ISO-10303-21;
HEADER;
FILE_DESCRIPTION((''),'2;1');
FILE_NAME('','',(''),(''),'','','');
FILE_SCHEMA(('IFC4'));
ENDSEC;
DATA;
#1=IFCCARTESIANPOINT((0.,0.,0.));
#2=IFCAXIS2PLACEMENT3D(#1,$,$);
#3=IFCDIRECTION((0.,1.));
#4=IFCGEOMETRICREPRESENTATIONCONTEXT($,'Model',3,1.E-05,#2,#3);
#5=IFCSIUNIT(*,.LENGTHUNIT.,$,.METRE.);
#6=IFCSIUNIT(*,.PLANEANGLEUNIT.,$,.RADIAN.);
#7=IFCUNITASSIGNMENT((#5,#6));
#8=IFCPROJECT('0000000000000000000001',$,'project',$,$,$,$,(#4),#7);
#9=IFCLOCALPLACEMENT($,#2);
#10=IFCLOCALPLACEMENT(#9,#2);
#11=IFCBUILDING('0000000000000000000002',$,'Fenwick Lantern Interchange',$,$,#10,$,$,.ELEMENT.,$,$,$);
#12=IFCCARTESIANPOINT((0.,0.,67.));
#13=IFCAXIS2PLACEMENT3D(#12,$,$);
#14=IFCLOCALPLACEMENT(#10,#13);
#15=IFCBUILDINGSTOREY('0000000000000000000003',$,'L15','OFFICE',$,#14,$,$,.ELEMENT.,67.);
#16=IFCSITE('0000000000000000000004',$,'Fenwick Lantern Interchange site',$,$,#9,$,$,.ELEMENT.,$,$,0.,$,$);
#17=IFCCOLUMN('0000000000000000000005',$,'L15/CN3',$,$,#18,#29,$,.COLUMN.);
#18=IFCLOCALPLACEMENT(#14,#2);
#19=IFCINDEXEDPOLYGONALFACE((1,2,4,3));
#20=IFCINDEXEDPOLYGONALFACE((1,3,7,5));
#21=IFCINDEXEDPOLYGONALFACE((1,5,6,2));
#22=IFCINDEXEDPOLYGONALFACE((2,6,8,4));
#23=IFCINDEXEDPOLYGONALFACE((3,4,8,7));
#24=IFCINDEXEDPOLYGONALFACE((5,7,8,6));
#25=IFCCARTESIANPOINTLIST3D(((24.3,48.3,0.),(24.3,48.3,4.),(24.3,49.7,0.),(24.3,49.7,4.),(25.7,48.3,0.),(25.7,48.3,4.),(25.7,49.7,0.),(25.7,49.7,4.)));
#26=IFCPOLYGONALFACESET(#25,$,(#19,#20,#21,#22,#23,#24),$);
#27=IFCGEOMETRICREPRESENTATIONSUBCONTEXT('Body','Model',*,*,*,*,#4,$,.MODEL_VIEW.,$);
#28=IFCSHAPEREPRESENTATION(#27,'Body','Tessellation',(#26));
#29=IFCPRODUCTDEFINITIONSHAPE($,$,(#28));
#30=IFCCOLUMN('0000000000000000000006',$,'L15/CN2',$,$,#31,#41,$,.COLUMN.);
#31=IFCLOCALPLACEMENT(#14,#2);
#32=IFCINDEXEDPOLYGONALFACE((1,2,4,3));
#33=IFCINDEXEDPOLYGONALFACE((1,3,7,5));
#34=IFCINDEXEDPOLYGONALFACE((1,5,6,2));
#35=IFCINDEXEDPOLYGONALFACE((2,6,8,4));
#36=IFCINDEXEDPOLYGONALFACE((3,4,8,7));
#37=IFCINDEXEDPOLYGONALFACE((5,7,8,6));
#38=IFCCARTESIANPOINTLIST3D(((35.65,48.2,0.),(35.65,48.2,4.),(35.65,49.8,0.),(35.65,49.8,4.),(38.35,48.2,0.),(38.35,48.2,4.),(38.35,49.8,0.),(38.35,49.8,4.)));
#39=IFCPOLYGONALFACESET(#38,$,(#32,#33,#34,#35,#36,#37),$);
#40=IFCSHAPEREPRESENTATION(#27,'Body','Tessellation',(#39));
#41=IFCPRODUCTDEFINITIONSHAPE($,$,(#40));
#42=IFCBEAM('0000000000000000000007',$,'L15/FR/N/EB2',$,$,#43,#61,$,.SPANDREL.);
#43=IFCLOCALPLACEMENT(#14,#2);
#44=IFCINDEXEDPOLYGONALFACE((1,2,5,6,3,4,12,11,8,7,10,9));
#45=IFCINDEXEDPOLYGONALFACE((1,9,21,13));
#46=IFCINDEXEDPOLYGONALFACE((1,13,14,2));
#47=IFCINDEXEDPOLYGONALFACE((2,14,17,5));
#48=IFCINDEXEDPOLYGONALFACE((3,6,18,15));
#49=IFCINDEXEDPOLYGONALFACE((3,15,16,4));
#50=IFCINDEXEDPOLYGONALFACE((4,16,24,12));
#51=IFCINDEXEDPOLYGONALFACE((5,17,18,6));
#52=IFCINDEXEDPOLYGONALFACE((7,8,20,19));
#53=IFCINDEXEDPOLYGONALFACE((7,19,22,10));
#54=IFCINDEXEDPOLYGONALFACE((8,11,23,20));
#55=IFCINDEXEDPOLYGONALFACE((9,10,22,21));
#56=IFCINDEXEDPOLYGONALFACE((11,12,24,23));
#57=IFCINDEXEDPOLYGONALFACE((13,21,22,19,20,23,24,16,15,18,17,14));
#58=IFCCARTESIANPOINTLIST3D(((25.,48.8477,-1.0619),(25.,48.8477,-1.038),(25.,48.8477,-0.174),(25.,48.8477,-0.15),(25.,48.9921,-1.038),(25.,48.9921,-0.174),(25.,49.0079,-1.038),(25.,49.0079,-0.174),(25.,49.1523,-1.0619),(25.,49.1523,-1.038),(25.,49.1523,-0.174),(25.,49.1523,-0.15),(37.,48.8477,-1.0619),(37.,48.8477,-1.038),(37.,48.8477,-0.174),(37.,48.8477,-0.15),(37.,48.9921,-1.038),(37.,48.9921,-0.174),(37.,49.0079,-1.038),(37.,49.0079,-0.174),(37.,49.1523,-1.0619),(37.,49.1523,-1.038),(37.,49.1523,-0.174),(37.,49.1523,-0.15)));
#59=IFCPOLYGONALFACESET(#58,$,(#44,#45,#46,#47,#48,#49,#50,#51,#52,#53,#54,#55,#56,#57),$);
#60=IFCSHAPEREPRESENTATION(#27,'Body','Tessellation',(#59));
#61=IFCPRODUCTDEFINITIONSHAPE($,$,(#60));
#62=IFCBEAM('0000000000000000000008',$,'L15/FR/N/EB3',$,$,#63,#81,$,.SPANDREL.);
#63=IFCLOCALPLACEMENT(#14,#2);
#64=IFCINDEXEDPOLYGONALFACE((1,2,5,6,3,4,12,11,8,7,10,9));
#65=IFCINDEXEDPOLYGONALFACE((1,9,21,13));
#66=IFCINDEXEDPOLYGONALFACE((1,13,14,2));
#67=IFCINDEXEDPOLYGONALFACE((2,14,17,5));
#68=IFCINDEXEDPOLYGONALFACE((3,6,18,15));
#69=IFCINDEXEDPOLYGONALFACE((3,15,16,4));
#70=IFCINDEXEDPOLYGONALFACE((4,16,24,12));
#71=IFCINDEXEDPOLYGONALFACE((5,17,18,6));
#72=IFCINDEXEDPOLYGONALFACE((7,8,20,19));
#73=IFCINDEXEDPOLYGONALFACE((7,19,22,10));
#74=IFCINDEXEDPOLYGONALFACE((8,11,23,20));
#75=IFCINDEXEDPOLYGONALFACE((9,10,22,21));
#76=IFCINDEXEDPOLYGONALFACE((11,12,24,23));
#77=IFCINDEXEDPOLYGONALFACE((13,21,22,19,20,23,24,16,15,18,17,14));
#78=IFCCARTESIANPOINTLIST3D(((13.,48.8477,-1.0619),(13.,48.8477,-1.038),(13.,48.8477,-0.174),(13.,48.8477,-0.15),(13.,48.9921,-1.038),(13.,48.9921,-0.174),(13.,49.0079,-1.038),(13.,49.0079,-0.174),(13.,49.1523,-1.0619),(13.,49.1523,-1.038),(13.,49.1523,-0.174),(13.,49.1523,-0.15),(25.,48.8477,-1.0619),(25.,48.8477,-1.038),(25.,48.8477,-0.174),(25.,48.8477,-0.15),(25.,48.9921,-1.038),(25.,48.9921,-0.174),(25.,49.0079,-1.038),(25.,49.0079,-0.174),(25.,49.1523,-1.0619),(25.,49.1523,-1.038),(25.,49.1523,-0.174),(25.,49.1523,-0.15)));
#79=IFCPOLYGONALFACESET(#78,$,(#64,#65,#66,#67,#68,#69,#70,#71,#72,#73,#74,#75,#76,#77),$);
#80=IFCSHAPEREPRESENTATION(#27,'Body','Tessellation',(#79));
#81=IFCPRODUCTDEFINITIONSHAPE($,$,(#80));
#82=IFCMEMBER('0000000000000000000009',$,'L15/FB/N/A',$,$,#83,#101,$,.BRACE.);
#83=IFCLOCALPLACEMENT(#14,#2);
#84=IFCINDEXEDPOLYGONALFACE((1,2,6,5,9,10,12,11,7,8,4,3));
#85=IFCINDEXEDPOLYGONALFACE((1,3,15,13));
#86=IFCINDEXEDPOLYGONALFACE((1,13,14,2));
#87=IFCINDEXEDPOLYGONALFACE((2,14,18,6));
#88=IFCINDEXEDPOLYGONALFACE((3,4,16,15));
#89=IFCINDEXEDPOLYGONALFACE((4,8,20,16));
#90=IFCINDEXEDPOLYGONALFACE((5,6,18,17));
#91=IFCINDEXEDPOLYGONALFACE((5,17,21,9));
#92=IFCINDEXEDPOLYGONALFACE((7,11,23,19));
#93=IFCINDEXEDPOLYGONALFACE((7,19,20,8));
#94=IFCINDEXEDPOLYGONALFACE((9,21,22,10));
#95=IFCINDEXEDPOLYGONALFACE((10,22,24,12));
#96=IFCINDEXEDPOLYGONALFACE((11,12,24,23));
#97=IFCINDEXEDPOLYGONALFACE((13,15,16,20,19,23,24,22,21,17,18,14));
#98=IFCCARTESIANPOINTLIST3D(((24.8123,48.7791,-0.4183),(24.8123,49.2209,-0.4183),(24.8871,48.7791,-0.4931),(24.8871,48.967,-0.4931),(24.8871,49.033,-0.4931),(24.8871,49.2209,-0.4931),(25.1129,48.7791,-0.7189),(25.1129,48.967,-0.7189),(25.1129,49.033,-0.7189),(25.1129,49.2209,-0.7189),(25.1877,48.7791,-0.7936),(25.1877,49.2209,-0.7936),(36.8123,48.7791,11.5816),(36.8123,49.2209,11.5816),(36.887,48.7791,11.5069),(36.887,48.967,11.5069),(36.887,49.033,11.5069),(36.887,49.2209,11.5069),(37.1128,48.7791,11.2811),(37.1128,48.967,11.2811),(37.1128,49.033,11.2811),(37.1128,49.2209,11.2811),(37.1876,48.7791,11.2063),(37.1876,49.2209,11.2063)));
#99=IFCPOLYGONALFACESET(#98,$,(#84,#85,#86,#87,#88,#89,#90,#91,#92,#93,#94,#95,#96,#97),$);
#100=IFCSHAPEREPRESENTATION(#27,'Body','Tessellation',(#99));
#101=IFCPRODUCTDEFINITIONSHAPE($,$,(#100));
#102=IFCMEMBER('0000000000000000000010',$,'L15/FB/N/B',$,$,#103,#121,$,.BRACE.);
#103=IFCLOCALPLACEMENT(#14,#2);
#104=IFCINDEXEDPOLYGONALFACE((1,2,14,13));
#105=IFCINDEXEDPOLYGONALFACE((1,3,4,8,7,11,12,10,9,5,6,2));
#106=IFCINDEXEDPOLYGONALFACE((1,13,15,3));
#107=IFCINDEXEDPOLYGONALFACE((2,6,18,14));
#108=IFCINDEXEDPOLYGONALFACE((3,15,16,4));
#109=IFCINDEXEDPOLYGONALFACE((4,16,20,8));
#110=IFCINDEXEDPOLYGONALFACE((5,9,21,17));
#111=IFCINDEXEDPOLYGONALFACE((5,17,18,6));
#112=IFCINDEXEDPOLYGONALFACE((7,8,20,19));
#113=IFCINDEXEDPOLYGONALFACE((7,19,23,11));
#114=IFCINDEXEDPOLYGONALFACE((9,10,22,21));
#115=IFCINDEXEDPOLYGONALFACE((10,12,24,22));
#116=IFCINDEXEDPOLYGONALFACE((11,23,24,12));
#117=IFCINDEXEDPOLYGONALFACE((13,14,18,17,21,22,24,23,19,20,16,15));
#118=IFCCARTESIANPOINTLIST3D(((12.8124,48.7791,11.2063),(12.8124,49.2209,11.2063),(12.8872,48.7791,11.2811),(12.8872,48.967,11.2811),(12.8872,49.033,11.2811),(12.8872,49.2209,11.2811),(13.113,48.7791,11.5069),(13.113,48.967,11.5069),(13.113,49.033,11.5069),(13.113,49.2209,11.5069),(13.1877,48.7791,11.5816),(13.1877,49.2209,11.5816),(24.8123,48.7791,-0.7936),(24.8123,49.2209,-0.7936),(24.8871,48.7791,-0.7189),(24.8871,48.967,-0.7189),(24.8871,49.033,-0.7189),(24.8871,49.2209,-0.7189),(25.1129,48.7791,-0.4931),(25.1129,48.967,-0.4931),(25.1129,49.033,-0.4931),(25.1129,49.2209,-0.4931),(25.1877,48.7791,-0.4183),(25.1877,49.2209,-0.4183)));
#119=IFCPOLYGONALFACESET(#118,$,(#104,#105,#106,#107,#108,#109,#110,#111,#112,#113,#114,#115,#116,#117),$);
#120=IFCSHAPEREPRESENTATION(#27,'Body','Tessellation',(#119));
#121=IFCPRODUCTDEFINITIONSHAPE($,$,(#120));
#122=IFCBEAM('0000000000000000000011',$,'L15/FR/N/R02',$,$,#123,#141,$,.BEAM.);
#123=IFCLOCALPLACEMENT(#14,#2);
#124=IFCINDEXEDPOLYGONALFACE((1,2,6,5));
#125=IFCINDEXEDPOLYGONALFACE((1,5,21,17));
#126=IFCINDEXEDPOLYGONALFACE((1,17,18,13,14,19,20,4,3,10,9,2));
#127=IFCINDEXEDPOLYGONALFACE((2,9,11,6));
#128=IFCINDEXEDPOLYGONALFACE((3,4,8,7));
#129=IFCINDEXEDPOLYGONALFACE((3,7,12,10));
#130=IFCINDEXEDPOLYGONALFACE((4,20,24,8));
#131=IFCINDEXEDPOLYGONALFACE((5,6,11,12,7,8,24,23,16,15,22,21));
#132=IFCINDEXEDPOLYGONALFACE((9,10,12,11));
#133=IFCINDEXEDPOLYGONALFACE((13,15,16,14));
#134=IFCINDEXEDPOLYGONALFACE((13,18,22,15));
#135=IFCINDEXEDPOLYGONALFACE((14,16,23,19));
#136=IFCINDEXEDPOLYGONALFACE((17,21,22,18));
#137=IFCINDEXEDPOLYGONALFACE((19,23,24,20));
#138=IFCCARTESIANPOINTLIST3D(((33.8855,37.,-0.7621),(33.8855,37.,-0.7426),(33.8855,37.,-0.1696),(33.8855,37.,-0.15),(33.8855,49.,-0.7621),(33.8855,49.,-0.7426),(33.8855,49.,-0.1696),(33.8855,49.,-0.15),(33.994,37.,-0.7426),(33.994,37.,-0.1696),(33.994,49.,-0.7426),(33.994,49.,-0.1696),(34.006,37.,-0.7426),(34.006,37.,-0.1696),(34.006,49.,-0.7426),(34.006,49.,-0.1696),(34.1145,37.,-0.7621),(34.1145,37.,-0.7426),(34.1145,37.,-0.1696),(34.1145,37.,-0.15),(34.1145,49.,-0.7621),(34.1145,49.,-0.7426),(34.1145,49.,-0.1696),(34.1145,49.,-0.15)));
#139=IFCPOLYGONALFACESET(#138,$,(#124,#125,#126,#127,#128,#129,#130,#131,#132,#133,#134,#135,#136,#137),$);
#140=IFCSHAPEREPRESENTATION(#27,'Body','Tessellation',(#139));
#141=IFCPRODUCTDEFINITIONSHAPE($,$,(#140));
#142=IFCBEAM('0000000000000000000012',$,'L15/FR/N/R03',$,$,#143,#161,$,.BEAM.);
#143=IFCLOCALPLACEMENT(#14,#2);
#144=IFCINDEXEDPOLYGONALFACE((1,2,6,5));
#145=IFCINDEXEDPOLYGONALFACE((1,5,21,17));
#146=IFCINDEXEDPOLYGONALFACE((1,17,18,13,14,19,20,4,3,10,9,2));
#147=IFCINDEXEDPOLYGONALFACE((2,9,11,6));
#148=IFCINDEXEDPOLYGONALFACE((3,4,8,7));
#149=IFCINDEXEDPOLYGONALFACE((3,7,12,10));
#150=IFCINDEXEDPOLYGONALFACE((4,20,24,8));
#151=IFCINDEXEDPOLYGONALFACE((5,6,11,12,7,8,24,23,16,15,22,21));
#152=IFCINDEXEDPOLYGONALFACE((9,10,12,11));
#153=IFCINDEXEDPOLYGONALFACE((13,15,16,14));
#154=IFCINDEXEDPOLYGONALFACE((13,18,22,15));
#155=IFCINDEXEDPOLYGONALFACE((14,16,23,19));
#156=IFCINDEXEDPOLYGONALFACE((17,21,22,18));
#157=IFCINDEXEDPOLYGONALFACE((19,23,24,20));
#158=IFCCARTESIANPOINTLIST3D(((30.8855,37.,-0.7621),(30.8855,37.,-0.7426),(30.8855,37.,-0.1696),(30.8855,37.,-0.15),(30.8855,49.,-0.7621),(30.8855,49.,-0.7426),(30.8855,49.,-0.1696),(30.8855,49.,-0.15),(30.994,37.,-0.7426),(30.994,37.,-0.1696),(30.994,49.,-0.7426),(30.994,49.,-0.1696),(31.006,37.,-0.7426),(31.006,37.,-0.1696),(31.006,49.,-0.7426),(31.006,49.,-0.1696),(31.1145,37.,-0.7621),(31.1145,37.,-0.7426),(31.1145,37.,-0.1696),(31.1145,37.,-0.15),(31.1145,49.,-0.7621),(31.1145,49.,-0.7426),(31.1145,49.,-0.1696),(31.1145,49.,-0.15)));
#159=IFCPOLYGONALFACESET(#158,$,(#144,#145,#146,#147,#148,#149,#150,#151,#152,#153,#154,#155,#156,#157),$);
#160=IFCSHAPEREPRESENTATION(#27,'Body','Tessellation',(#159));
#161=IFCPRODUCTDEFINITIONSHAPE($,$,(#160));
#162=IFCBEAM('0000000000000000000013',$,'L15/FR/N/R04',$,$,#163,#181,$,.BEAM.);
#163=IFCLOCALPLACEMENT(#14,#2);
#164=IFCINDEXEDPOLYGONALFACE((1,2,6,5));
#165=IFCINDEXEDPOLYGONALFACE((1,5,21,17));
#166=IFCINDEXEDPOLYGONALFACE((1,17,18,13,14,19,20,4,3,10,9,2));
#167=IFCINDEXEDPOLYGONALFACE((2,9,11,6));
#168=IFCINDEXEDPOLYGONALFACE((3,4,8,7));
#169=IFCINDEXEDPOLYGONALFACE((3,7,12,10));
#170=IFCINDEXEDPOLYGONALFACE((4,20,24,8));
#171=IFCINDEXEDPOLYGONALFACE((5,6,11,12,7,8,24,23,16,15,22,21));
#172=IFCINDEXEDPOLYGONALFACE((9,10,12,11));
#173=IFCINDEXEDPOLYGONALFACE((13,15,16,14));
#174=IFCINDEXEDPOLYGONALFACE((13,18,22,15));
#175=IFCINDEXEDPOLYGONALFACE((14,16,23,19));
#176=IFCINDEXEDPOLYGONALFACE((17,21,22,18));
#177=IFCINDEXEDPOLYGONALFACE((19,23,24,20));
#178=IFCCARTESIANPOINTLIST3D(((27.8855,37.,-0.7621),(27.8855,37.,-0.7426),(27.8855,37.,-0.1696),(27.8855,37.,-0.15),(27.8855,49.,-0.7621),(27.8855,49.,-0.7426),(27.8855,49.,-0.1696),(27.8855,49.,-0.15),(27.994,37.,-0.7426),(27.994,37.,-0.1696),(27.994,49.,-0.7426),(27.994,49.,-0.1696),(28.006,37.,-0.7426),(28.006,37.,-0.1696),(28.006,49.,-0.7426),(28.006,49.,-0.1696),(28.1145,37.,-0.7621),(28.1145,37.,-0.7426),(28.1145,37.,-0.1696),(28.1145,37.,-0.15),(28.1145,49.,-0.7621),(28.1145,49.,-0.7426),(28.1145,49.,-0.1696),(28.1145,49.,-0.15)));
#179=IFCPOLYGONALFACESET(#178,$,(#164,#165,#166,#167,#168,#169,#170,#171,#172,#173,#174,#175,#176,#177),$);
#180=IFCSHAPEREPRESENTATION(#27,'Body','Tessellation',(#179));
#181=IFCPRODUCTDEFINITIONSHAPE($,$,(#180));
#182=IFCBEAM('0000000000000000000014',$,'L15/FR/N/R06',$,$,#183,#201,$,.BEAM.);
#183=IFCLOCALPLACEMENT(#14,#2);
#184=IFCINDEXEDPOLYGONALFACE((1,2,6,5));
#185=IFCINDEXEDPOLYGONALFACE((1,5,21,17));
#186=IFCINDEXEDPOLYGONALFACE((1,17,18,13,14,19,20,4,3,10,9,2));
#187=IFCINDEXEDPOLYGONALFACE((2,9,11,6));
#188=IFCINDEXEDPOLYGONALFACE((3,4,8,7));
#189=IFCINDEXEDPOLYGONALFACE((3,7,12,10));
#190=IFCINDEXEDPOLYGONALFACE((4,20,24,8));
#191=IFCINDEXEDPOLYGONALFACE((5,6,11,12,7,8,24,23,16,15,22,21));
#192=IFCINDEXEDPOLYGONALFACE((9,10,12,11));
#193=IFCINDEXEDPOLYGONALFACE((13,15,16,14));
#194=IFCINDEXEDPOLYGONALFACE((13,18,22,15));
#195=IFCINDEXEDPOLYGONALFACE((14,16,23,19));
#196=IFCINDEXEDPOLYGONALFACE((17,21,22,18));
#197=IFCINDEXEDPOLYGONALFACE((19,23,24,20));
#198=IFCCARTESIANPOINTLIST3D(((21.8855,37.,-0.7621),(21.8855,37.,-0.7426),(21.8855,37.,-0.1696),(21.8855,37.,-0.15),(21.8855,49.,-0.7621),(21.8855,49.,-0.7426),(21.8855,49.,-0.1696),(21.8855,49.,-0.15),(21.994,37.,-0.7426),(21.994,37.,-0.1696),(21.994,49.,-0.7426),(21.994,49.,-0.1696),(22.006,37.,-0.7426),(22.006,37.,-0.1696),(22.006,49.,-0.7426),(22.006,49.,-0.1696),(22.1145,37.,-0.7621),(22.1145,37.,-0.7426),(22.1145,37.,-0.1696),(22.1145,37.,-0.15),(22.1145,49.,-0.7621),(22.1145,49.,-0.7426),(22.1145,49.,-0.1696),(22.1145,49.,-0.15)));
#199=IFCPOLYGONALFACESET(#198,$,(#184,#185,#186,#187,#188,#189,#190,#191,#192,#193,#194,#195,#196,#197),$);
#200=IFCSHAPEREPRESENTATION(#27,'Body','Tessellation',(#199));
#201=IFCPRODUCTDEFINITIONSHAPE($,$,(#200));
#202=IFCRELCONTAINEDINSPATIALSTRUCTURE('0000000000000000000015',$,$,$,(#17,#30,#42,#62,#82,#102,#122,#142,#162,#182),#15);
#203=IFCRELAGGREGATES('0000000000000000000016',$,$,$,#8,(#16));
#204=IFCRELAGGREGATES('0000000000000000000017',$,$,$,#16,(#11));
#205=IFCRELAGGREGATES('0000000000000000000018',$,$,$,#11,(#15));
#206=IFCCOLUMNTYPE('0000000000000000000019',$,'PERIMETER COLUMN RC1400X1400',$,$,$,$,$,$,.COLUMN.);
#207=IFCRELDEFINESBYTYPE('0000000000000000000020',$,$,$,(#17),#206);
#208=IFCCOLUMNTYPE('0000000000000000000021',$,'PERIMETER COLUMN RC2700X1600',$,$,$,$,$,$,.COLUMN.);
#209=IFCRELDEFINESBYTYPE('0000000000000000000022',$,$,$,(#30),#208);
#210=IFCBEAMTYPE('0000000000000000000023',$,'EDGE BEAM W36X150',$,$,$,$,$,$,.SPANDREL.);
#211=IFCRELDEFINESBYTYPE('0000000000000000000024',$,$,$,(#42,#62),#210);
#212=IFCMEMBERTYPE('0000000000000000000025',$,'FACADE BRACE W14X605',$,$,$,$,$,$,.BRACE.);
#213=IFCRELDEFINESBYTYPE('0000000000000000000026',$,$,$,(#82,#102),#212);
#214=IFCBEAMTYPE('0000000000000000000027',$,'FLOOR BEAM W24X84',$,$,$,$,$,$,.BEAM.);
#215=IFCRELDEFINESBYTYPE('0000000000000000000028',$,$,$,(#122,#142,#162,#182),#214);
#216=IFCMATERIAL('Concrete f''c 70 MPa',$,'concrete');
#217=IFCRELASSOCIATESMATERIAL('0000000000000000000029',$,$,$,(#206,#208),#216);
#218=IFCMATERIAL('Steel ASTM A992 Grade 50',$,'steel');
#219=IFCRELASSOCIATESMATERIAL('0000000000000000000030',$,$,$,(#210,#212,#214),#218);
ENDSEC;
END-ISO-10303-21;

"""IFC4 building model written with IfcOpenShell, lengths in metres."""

from ifc_helpers import new_model, si_unit, direction, frame, origin, origin_2d, place, context, subcontext, project, spatial, rectangle, i_section, extrude, material, material_profile, profile_set, type_object, element, save


model = new_model("IFC4")

# Units and contexts
model_context = context("Model", 3, precision=1e-05, world=origin(), true_north=direction((0.0, 1.0)))
body_context = subcontext(model_context, "Body", "Model", "MODEL_VIEW")
ifc_project = project(units=[si_unit("LENGTHUNIT", "METRE"), si_unit("PLANEANGLEUNIT", "RADIAN")], contexts=[model_context])

# Site, building, storey
site_placement = place(None, origin())
site = spatial("IfcSite", under=ifc_project, at=site_placement, Name="Fenwick Lantern Interchange site", CompositionType="ELEMENT", RefElevation=0.0)
building_placement = place(site_placement, origin())
building = spatial("IfcBuilding", under=site, at=building_placement, Name="Fenwick Lantern Interchange", CompositionType="ELEMENT")
storey_placement = place(building_placement, frame((0.0, 0.0, 67.0)))
storey = spatial("IfcBuildingStorey", under=building, at=storey_placement, Name="L15", Description="OFFICE", CompositionType="ELEMENT", Elevation=67.0)

# Columns
ifc_material_1 = material(Name="Concrete f'c 70 MPa", Category="concrete")
ifc_material_profile_1 = material_profile(ifc_material_1, rectangle(XDim=1.3999, YDim=1.3999, at=origin_2d()), Name="RC1400X1400")
ifc_profile_set_1 = profile_set([ifc_material_profile_1], Name="Concrete f'c 70 MPa")
column_type_1 = type_object("IfcColumnType", Name="PERIMETER COLUMN RC1400X1400", PredefinedType="COLUMN", material=ifc_profile_set_1)
column_1_placement = place(storey_placement, frame((25.0, 49.0, 0.0), z_axis=(0.0, 0.0, 1.0), x_axis=(1.0, 0.0, 0.0)))
element("IfcColumn", 1, at=column_1_placement, inside=storey, type_object=column_type_1, Name="L15/CN3", PredefinedType="COLUMN", context=body_context, shape_type="SweptSolid", body=[
    extrude(rectangle(XDim=1.3999, YDim=1.3999, at=origin_2d()), origin(), (0.0, 0.0, 1.0), 4.0),
])
ifc_material_profile_2 = material_profile(ifc_material_1, rectangle(XDim=2.7, YDim=1.6001, at=origin_2d()), Name="RC2700X1600")
ifc_profile_set_2 = profile_set([ifc_material_profile_2], Name="Concrete f'c 70 MPa")
column_type_2 = type_object("IfcColumnType", Name="PERIMETER COLUMN RC2700X1600", PredefinedType="COLUMN", material=ifc_profile_set_2)
column_2_placement = place(storey_placement, frame((37.0, 49.0, 0.0), z_axis=(0.0, 0.0, 1.0), x_axis=(1.0, 0.0, 0.0)))
element("IfcColumn", 2, at=column_2_placement, inside=storey, type_object=column_type_2, Name="L15/CN2", PredefinedType="COLUMN", context=body_context, shape_type="SweptSolid", body=[
    extrude(rectangle(XDim=2.7, YDim=1.6001, at=origin_2d()), origin(), (0.0, 0.0, 1.0), 4.0),
])

# Beams
ifc_material_2 = material(Name="Steel ASTM A992 Grade 50", Category="steel")
ifc_material_profile_3 = material_profile(ifc_material_2, i_section(OverallWidth=0.3047, OverallDepth=0.9119, WebThickness=0.0159, FlangeThickness=0.0239, at=origin_2d()), Name="W36X150")
ifc_profile_set_3 = profile_set([ifc_material_profile_3], Name="Steel ASTM A992 Grade 50")
beam_type_1 = type_object("IfcBeamType", Name="EDGE BEAM W36X150", PredefinedType="SPANDREL", material=ifc_profile_set_3)
for number, where, z_axis, x_axis, name in (
    (3, (37.0, 49.0, -0.606), (-1.0, 0.0, 0.0), (0.0, -1.0, 0.0), "L15/FR/N/EB2"),
    (4, (25.0, 49.0, -0.606), (-1.0, 0.0, 0.0), (0.0, -1.0, 0.0), "L15/FR/N/EB3"),
):
    element("IfcBeam", number, at=place(storey_placement, frame(where, z_axis=z_axis, x_axis=x_axis)), inside=storey, type_object=beam_type_1, Name=name, PredefinedType="SPANDREL", context=body_context, shape_type="SweptSolid", body=[
        extrude(i_section(OverallWidth=0.3047, OverallDepth=0.9119, WebThickness=0.0159, FlangeThickness=0.0239, at=origin_2d()), origin(), (0.0, 0.0, 1.0), 12.0),
    ])

# Members
ifc_material_profile_4 = material_profile(ifc_material_2, i_section(OverallWidth=0.4419, OverallDepth=0.5308, WebThickness=0.0659, FlangeThickness=0.1057, at=origin_2d()), Name="W14X605")
ifc_profile_set_4 = profile_set([ifc_material_profile_4], Name="Steel ASTM A992 Grade 50")
member_type_1 = type_object("IfcMemberType", Name="FACADE BRACE W14X605", PredefinedType="BRACE", material=ifc_profile_set_4)
for number, where, z_axis, x_axis, name in (
    (5, (25.0, 49.0, -0.606), (0.707107, 0.0, 0.707107), (0.0, 1.0, 0.0), "L15/FB/N/A"),
    (6, (25.0, 49.0, -0.606), (-0.707107, 0.0, 0.707107), (0.0, -1.0, 0.0), "L15/FB/N/B"),
):
    element("IfcMember", number, at=place(storey_placement, frame(where, z_axis=z_axis, x_axis=x_axis)), inside=storey, type_object=member_type_1, Name=name, PredefinedType="BRACE", context=body_context, shape_type="SweptSolid", body=[
        extrude(i_section(OverallWidth=0.4419, OverallDepth=0.5308, WebThickness=0.0659, FlangeThickness=0.1057, at=origin_2d()), origin(), (0.0, 0.0, 1.0), 16.9705),
    ])

# Beams
ifc_material_profile_5 = material_profile(ifc_material_2, i_section(OverallWidth=0.229, OverallDepth=0.6121, WebThickness=0.012, FlangeThickness=0.0195, at=origin_2d()), Name="W24X84")
ifc_profile_set_5 = profile_set([ifc_material_profile_5], Name="Steel ASTM A992 Grade 50")
beam_type_2 = type_object("IfcBeamType", Name="FLOOR BEAM W24X84", PredefinedType="BEAM", material=ifc_profile_set_5)
for number, where, z_axis, x_axis, name in (
    (7, (34.0, 49.0, -0.4561), (0.0, -1.0, 0.0), (1.0, 0.0, 0.0), "L15/FR/N/R02"),
    (8, (31.0, 49.0, -0.4561), (0.0, -1.0, 0.0), (1.0, 0.0, 0.0), "L15/FR/N/R03"),
    (9, (28.0, 49.0, -0.4561), (0.0, -1.0, 0.0), (1.0, 0.0, 0.0), "L15/FR/N/R04"),
    (10, (22.0, 49.0, -0.4561), (0.0, -1.0, 0.0), (1.0, 0.0, 0.0), "L15/FR/N/R06"),
):
    element("IfcBeam", number, at=place(storey_placement, frame(where, z_axis=z_axis, x_axis=x_axis)), inside=storey, type_object=beam_type_2, Name=name, PredefinedType="BEAM", context=body_context, shape_type="SweptSolid", body=[
        extrude(i_section(OverallWidth=0.229, OverallDepth=0.6121, WebThickness=0.012, FlangeThickness=0.0195, at=origin_2d()), origin(), (0.0, 0.0, 1.0), 12.0),
    ])

save(model, "model.ifc")
